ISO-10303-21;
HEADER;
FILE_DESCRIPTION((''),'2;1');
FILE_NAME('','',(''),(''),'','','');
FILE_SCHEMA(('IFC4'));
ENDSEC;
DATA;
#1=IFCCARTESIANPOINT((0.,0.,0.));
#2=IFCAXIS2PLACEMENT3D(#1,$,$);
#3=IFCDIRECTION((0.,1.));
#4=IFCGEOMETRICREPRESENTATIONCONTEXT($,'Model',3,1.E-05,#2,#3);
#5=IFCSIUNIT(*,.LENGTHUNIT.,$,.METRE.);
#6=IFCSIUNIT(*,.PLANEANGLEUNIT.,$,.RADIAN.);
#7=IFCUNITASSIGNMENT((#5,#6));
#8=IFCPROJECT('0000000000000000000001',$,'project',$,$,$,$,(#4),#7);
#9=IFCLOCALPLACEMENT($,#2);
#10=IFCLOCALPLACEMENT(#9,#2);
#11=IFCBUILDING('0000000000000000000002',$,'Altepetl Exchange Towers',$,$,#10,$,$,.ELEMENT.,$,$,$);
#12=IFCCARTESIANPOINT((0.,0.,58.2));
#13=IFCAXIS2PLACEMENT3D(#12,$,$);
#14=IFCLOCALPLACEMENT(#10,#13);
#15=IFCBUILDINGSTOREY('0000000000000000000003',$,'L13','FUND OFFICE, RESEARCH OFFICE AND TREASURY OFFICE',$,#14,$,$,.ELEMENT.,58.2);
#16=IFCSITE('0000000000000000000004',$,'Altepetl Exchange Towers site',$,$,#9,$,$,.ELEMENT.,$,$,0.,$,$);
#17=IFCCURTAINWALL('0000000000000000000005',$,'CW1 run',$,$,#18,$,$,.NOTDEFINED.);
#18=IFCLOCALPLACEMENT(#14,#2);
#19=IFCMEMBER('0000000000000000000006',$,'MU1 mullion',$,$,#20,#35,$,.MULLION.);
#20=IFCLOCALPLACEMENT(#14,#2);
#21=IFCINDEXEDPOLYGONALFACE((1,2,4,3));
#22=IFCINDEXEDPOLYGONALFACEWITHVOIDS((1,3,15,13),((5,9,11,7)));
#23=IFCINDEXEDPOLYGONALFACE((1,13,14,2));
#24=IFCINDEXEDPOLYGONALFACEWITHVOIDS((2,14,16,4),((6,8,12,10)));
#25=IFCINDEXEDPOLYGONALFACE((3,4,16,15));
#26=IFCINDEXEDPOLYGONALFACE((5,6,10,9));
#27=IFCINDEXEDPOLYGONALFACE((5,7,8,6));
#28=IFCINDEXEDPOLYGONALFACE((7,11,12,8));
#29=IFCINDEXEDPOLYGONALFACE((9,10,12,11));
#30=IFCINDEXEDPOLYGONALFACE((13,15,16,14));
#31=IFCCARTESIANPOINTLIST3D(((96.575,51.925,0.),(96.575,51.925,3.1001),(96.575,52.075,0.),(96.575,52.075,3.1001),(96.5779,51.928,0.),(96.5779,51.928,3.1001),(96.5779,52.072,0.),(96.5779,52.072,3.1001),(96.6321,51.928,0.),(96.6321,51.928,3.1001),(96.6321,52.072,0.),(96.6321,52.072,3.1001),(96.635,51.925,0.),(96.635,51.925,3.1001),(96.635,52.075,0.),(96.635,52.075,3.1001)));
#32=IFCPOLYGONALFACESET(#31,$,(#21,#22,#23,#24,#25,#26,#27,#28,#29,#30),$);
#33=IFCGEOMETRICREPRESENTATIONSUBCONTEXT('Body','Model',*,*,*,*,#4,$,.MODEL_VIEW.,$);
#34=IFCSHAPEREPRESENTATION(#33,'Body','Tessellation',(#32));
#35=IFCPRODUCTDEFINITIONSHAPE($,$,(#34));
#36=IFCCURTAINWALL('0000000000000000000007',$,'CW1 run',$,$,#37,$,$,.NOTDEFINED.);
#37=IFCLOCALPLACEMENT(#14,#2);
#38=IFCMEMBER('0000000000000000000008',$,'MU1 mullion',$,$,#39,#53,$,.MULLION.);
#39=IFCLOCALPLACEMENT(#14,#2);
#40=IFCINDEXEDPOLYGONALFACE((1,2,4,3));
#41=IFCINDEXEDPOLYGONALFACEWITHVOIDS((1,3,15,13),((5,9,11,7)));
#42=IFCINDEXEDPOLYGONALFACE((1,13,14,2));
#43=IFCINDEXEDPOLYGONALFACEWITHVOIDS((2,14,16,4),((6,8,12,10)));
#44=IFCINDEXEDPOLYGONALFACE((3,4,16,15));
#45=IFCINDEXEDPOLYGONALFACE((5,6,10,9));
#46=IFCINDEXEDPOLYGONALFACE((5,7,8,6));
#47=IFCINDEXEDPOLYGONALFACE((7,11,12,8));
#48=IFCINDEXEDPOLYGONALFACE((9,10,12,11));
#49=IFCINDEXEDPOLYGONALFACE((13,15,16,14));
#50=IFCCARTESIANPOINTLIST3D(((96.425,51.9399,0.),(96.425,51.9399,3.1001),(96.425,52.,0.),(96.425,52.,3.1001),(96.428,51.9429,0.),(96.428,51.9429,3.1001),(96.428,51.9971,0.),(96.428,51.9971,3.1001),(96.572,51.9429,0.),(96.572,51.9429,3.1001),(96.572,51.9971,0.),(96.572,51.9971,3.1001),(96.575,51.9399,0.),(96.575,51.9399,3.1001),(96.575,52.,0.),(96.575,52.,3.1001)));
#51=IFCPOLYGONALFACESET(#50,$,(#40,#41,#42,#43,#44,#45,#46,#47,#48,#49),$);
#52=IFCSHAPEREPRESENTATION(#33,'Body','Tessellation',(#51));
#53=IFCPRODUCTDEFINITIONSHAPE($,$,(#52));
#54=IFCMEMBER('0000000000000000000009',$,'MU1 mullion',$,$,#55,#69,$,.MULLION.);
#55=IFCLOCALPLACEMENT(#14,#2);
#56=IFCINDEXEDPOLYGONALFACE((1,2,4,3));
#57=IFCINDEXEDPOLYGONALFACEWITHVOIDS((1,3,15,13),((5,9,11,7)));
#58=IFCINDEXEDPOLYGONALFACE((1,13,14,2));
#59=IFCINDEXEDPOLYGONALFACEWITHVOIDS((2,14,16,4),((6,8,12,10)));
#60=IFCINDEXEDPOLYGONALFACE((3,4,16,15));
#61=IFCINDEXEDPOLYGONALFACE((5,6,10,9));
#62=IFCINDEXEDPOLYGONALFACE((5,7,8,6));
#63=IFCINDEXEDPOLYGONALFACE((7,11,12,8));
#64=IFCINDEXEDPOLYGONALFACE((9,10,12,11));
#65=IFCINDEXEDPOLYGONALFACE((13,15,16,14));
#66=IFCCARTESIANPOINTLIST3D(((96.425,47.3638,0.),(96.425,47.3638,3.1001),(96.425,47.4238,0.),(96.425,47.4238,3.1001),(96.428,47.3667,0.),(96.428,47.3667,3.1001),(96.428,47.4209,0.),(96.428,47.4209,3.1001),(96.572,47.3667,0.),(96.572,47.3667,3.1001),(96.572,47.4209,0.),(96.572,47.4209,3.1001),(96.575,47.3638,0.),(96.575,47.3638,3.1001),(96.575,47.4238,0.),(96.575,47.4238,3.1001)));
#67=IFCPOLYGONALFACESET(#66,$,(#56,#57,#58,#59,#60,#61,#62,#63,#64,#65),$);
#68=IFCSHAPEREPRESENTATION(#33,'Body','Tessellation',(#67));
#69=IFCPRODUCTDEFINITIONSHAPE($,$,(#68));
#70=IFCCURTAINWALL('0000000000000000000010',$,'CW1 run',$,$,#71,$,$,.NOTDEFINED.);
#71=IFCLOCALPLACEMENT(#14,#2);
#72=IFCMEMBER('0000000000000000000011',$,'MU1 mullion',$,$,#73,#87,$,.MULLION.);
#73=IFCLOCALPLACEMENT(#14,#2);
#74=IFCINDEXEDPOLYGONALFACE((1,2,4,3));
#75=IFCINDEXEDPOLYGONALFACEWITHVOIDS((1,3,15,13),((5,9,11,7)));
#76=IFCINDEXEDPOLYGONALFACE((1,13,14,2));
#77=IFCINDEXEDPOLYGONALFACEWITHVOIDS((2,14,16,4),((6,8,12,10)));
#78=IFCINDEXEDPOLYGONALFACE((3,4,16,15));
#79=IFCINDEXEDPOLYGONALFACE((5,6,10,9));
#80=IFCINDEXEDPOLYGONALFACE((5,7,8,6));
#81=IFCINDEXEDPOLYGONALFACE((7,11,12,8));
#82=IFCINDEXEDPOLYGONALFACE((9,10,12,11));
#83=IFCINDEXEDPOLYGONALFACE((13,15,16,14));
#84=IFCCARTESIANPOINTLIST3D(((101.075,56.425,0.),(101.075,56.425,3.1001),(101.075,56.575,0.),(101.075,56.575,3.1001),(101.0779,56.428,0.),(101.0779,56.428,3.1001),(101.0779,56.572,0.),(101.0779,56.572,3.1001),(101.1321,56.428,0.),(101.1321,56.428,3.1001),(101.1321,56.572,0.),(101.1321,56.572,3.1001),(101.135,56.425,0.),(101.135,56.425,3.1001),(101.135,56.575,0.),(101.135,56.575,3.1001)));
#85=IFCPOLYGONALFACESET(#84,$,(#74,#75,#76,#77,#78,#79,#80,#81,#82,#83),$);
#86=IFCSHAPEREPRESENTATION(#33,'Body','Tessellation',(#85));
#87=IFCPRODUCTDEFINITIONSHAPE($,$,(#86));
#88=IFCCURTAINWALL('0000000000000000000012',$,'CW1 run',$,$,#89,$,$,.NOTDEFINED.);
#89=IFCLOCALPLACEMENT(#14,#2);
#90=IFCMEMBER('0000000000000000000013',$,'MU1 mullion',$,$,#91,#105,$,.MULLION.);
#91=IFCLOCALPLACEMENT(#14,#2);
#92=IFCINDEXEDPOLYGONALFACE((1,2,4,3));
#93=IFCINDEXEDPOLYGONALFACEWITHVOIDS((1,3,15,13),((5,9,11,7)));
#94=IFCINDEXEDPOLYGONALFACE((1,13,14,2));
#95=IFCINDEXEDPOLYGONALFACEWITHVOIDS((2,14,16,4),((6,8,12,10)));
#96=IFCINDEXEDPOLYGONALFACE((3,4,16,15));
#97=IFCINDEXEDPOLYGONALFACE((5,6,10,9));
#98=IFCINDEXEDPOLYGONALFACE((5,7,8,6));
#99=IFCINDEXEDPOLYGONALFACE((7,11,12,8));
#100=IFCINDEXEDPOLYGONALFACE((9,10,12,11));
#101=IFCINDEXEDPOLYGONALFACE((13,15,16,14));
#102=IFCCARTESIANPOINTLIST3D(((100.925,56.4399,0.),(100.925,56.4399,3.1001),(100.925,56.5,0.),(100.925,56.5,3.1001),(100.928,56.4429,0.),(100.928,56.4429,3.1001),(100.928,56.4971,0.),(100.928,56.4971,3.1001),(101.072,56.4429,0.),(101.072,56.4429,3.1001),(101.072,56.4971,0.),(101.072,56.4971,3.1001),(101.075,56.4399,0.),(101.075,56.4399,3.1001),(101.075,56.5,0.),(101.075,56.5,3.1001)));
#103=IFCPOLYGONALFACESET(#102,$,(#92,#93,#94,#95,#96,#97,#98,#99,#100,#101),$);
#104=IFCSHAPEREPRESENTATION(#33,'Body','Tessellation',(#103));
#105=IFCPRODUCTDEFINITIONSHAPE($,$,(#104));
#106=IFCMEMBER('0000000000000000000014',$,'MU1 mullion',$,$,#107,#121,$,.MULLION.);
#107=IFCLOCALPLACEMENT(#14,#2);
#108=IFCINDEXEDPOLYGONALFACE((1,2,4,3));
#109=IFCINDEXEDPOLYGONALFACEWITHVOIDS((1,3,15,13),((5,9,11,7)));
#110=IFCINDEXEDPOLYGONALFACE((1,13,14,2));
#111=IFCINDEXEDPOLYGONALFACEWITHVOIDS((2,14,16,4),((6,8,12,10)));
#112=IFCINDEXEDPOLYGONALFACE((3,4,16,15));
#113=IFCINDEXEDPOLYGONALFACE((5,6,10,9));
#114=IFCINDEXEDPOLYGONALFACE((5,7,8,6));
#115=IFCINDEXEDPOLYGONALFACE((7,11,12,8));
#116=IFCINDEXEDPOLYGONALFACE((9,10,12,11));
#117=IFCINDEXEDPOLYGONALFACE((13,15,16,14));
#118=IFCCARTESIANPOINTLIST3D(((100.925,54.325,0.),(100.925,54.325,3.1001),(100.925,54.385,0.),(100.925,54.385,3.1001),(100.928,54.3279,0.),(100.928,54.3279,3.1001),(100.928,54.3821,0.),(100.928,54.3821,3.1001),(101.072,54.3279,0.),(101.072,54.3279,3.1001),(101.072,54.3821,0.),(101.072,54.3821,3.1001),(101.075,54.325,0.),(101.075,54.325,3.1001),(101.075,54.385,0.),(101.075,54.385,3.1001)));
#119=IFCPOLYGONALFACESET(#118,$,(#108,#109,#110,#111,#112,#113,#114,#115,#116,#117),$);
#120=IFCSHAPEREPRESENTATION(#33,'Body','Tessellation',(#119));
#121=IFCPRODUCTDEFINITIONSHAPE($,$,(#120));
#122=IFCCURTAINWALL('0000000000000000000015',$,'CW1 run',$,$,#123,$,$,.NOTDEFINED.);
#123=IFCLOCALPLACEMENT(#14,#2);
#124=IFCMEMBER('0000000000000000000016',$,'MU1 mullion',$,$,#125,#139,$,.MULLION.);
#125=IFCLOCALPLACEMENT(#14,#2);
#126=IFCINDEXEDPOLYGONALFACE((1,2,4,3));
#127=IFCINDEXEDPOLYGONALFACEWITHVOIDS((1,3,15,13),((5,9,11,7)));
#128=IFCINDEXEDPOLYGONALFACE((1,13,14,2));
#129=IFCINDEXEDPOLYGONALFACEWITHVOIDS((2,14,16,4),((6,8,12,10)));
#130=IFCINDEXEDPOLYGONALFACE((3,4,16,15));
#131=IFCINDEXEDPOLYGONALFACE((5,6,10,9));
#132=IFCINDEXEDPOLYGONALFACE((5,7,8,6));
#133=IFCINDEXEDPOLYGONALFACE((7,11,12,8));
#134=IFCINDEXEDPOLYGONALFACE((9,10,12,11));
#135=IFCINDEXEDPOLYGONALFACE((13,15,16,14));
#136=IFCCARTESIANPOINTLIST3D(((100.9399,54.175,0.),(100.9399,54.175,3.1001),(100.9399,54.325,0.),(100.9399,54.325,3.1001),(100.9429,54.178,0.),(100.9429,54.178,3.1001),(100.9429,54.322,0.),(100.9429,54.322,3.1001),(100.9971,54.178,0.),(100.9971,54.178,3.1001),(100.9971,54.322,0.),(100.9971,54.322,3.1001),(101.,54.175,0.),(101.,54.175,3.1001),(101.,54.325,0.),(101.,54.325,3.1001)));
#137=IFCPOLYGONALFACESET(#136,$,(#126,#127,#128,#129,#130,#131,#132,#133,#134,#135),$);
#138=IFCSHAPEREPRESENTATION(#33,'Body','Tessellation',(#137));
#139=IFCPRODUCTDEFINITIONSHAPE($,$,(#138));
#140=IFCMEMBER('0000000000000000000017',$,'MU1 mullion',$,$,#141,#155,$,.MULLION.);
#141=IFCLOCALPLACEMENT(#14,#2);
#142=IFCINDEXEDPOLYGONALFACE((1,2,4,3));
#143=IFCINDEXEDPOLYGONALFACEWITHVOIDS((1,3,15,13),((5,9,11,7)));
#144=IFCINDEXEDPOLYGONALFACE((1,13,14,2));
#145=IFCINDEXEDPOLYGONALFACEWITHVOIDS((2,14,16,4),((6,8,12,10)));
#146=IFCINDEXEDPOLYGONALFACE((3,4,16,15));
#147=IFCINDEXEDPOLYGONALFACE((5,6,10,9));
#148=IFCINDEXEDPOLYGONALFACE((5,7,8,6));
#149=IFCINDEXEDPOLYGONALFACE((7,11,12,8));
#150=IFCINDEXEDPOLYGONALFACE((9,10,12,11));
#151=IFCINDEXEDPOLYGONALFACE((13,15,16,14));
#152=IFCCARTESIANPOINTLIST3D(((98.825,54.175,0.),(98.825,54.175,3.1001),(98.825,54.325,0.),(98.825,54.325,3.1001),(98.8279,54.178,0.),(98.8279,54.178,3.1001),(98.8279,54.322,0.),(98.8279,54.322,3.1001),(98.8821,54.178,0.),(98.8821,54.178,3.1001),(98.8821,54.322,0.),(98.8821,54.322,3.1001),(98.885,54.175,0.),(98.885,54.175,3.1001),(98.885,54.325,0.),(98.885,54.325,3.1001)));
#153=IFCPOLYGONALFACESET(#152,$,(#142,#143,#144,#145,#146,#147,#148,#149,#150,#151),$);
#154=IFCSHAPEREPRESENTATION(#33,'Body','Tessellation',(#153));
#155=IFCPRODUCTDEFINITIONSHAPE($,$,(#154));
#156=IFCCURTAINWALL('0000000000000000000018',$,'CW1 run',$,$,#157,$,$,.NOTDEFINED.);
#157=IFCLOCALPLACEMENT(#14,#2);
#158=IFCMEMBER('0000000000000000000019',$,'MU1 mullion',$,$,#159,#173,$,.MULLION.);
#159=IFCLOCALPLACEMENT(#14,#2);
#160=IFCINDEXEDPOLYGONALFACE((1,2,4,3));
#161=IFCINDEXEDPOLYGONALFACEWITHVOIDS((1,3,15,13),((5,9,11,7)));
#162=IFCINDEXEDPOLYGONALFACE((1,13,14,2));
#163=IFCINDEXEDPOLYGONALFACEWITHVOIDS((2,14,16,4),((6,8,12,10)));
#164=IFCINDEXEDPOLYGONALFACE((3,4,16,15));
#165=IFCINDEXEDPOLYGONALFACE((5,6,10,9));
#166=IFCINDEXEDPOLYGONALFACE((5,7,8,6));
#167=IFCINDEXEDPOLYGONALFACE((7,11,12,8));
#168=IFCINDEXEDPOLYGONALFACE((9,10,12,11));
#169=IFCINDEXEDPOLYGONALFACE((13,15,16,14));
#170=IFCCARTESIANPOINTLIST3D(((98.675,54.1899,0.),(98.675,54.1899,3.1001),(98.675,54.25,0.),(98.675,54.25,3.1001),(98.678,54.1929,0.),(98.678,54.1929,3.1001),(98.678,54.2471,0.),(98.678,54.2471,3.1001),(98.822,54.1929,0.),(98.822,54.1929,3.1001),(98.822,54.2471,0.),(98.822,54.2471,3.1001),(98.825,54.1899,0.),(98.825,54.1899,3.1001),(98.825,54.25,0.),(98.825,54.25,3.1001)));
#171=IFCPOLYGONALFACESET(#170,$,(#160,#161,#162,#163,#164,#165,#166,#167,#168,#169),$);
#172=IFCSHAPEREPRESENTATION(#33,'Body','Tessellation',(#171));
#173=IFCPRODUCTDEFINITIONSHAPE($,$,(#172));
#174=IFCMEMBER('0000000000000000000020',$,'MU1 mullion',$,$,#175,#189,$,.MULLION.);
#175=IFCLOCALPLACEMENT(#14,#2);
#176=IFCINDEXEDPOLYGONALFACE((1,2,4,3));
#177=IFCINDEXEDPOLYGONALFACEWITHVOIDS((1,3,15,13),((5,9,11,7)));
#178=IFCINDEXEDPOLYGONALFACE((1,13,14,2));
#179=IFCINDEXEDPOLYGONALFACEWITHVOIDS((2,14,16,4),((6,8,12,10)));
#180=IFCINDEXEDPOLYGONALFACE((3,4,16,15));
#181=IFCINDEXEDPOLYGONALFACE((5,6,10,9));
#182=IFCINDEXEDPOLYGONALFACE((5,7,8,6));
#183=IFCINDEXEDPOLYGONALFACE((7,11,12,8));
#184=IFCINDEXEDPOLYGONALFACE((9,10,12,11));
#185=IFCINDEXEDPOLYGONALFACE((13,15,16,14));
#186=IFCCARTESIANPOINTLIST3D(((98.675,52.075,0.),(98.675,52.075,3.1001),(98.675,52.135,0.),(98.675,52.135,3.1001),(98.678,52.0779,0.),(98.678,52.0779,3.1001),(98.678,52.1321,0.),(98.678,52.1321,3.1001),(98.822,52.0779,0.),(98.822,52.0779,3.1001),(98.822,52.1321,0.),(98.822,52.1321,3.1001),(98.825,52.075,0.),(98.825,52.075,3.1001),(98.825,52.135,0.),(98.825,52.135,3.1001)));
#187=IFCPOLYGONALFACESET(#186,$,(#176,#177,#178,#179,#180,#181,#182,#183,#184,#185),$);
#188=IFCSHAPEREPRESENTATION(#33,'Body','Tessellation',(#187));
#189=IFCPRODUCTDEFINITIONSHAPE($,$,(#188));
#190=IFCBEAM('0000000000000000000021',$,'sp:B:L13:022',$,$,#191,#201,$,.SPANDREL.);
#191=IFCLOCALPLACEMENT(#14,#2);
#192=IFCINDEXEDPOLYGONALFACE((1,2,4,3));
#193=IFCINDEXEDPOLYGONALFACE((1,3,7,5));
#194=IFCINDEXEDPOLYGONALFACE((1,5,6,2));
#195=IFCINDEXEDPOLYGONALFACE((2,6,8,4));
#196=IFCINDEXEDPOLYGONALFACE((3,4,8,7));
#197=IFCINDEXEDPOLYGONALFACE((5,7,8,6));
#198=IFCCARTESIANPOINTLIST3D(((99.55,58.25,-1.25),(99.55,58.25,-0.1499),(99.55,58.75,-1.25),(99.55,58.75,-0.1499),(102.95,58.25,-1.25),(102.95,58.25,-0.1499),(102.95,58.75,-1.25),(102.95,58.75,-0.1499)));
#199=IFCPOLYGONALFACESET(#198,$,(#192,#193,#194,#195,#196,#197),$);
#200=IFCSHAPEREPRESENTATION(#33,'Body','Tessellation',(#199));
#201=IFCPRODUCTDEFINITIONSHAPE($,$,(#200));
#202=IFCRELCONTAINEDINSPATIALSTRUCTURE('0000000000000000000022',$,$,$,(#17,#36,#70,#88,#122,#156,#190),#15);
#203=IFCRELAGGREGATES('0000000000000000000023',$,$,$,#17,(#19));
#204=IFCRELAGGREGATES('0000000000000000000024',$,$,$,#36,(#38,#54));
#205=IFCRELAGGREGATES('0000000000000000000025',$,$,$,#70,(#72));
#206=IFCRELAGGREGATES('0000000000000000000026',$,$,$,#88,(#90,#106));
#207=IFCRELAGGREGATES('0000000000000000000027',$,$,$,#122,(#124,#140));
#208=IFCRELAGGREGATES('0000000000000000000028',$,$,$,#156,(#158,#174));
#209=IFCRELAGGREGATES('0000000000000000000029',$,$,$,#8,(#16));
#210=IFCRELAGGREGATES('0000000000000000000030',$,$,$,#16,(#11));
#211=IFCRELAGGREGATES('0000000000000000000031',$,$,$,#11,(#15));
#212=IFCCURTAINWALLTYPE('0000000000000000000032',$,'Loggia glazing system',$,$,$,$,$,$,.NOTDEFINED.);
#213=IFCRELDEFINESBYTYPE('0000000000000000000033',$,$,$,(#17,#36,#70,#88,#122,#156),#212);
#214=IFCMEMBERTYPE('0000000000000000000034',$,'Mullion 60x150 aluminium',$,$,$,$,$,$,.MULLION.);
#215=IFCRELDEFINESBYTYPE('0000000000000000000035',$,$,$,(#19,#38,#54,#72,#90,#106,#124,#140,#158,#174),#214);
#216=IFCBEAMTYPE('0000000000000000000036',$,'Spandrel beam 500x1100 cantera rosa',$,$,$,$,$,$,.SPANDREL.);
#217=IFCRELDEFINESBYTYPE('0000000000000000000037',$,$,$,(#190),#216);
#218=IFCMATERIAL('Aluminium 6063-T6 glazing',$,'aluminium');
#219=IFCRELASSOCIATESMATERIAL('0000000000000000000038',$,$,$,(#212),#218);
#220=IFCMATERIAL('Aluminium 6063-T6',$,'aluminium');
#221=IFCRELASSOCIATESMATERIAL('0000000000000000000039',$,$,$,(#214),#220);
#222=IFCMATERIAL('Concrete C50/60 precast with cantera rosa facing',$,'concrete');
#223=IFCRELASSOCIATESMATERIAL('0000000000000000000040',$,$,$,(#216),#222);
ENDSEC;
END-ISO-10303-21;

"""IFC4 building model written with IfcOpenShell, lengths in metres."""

from ifc_helpers import new_model, si_unit, direction, frame, origin, origin_2d, place, context, subcontext, project, spatial, rectangle, hollow_rectangle, extrude, material, material_profile, profile_set, type_object, element, aggregate, save


model = new_model("IFC4")

# Units and contexts
model_context = context("Model", 3, precision=1e-05, world=origin(), true_north=direction((0.0, 1.0)))
body_context = subcontext(model_context, "Body", "Model", "MODEL_VIEW")
ifc_project = project(units=[si_unit("LENGTHUNIT", "METRE"), si_unit("PLANEANGLEUNIT", "RADIAN")], contexts=[model_context])

# Site, building, storey
site_placement = place(None, origin())
site = spatial("IfcSite", under=ifc_project, at=site_placement, Name="Altepetl Exchange Towers site", CompositionType="ELEMENT", RefElevation=0.0)
building_placement = place(site_placement, origin())
building = spatial("IfcBuilding", under=site, at=building_placement, Name="Altepetl Exchange Towers", CompositionType="ELEMENT")
storey_placement = place(building_placement, frame((0.0, 0.0, 58.2)))
storey = spatial("IfcBuildingStorey", under=building, at=storey_placement, Name="L13", Description="FUND OFFICE, RESEARCH OFFICE AND TREASURY OFFICE", CompositionType="ELEMENT", Elevation=58.2)

# Curtain walls, members
ifc_material_1 = material(Name="Aluminium 6063-T6 glazing", Category="aluminium")
curtain_wall_type = type_object("IfcCurtainWallType", Name="Loggia glazing system", PredefinedType="NOTDEFINED", material=ifc_material_1)
curtain_wall_1_placement = place(storey_placement, origin())
curtain_wall_1 = element("IfcCurtainWall", 1, at=curtain_wall_1_placement, inside=storey, type_object=curtain_wall_type, Name="CW1 run", PredefinedType="NOTDEFINED")
ifc_material_2 = material(Name="Aluminium 6063-T6", Category="aluminium")
ifc_material_profile_1 = material_profile(ifc_material_2, hollow_rectangle(XDim=0.0601, YDim=0.1499, WallThickness=0.0029, at=origin_2d()), Name="Mullion 60x150 aluminium")
ifc_profile_set_1 = profile_set([ifc_material_profile_1], Name="Aluminium 6063-T6")
member_type = type_object("IfcMemberType", Name="Mullion 60x150 aluminium", PredefinedType="MULLION", material=ifc_profile_set_1)
member_1_placement = place(storey_placement, frame((96.605, 52.0, 0.0), z_axis=(0.0, 0.0, 1.0), x_axis=(-1.0, 0.0, 0.0)))
member_1 = element("IfcMember", 2, at=member_1_placement, type_object=member_type, Name="MU1 mullion", PredefinedType="MULLION", context=body_context, shape_type="SweptSolid", body=[
    extrude(hollow_rectangle(XDim=0.0601, YDim=0.1499, WallThickness=0.0029, at=origin_2d()), origin(), (0.0, 0.0, 1.0), 3.1001),
])
curtain_wall_2_placement = place(storey_placement, origin())
curtain_wall_2 = element("IfcCurtainWall", 3, at=curtain_wall_2_placement, inside=storey, type_object=curtain_wall_type, Name="CW1 run", PredefinedType="NOTDEFINED")
member_2_placement = place(storey_placement, frame((96.5, 51.97, 0.0), z_axis=(0.0, 0.0, 1.0), x_axis=(0.0, -1.0, 0.0)))
member_2 = element("IfcMember", 4, at=member_2_placement, type_object=member_type, Name="MU1 mullion", PredefinedType="MULLION", context=body_context, shape_type="SweptSolid", body=[
    extrude(hollow_rectangle(XDim=0.0601, YDim=0.1499, WallThickness=0.0029, at=origin_2d()), origin(), (0.0, 0.0, 1.0), 3.1001),
])
member_3_placement = place(storey_placement, frame((96.5, 47.3938, 0.0), z_axis=(0.0, 0.0, 1.0), x_axis=(0.0, -1.0, 0.0)))
member_3 = element("IfcMember", 5, at=member_3_placement, type_object=member_type, Name="MU1 mullion", PredefinedType="MULLION", context=body_context, shape_type="SweptSolid", body=[
    extrude(hollow_rectangle(XDim=0.0601, YDim=0.1499, WallThickness=0.0029, at=origin_2d()), origin(), (0.0, 0.0, 1.0), 3.1001),
])

# Curtain wall, member
curtain_wall_3_placement = place(storey_placement, origin())
curtain_wall_3 = element("IfcCurtainWall", 6, at=curtain_wall_3_placement, inside=storey, type_object=curtain_wall_type, Name="CW1 run", PredefinedType="NOTDEFINED")
member_4_placement = place(storey_placement, frame((101.105, 56.5, 0.0), z_axis=(0.0, 0.0, 1.0), x_axis=(-1.0, 0.0, 0.0)))
member_4 = element("IfcMember", 7, at=member_4_placement, type_object=member_type, Name="MU1 mullion", PredefinedType="MULLION", context=body_context, shape_type="SweptSolid", body=[
    extrude(hollow_rectangle(XDim=0.0601, YDim=0.1499, WallThickness=0.0029, at=origin_2d()), origin(), (0.0, 0.0, 1.0), 3.1001),
])

# Curtain walls, members
curtain_wall_4_placement = place(storey_placement, origin())
curtain_wall_4 = element("IfcCurtainWall", 8, at=curtain_wall_4_placement, inside=storey, type_object=curtain_wall_type, Name="CW1 run", PredefinedType="NOTDEFINED")
member_5_placement = place(storey_placement, frame((101.0, 56.47, 0.0), z_axis=(0.0, 0.0, 1.0), x_axis=(0.0, -1.0, 0.0)))
member_5 = element("IfcMember", 9, at=member_5_placement, type_object=member_type, Name="MU1 mullion", PredefinedType="MULLION", context=body_context, shape_type="SweptSolid", body=[
    extrude(hollow_rectangle(XDim=0.0601, YDim=0.1499, WallThickness=0.0029, at=origin_2d()), origin(), (0.0, 0.0, 1.0), 3.1001),
])
member_6_placement = place(storey_placement, frame((101.0, 54.355, 0.0), z_axis=(0.0, 0.0, 1.0), x_axis=(0.0, -1.0, 0.0)))
member_6 = element("IfcMember", 10, at=member_6_placement, type_object=member_type, Name="MU1 mullion", PredefinedType="MULLION", context=body_context, shape_type="SweptSolid", body=[
    extrude(hollow_rectangle(XDim=0.0601, YDim=0.1499, WallThickness=0.0029, at=origin_2d()), origin(), (0.0, 0.0, 1.0), 3.1001),
])
curtain_wall_5_placement = place(storey_placement, origin())
curtain_wall_5 = element("IfcCurtainWall", 11, at=curtain_wall_5_placement, inside=storey, type_object=curtain_wall_type, Name="CW1 run", PredefinedType="NOTDEFINED")
member_7_placement = place(storey_placement, frame((100.97, 54.25, 0.0), z_axis=(0.0, 0.0, 1.0), x_axis=(-1.0, 0.0, 0.0)))
member_7 = element("IfcMember", 12, at=member_7_placement, type_object=member_type, Name="MU1 mullion", PredefinedType="MULLION", context=body_context, shape_type="SweptSolid", body=[
    extrude(hollow_rectangle(XDim=0.0601, YDim=0.1499, WallThickness=0.0029, at=origin_2d()), origin(), (0.0, 0.0, 1.0), 3.1001),
])
member_8_placement = place(storey_placement, frame((98.855, 54.25, 0.0), z_axis=(0.0, 0.0, 1.0), x_axis=(-1.0, 0.0, 0.0)))
member_8 = element("IfcMember", 13, at=member_8_placement, type_object=member_type, Name="MU1 mullion", PredefinedType="MULLION", context=body_context, shape_type="SweptSolid", body=[
    extrude(hollow_rectangle(XDim=0.0601, YDim=0.1499, WallThickness=0.0029, at=origin_2d()), origin(), (0.0, 0.0, 1.0), 3.1001),
])
curtain_wall_6_placement = place(storey_placement, origin())
curtain_wall_6 = element("IfcCurtainWall", 14, at=curtain_wall_6_placement, inside=storey, type_object=curtain_wall_type, Name="CW1 run", PredefinedType="NOTDEFINED")
member_9_placement = place(storey_placement, frame((98.75, 54.22, 0.0), z_axis=(0.0, 0.0, 1.0), x_axis=(0.0, -1.0, 0.0)))
member_9 = element("IfcMember", 15, at=member_9_placement, type_object=member_type, Name="MU1 mullion", PredefinedType="MULLION", context=body_context, shape_type="SweptSolid", body=[
    extrude(hollow_rectangle(XDim=0.0601, YDim=0.1499, WallThickness=0.0029, at=origin_2d()), origin(), (0.0, 0.0, 1.0), 3.1001),
])
member_10_placement = place(storey_placement, frame((98.75, 52.105, 0.0), z_axis=(0.0, 0.0, 1.0), x_axis=(0.0, -1.0, 0.0)))
member_10 = element("IfcMember", 16, at=member_10_placement, type_object=member_type, Name="MU1 mullion", PredefinedType="MULLION", context=body_context, shape_type="SweptSolid", body=[
    extrude(hollow_rectangle(XDim=0.0601, YDim=0.1499, WallThickness=0.0029, at=origin_2d()), origin(), (0.0, 0.0, 1.0), 3.1001),
])

# Beam
ifc_material_3 = material(Name="Concrete C50/60 precast with cantera rosa facing", Category="concrete")
ifc_material_profile_2 = material_profile(ifc_material_3, rectangle(XDim=0.5, YDim=1.1001, at=origin_2d()), Name="500 x 1100")
ifc_profile_set_2 = profile_set([ifc_material_profile_2], Name="Concrete C50/60 precast with cantera rosa facing")
beam_type_1 = type_object("IfcBeamType", Name="Spandrel beam 500x1100 cantera rosa", PredefinedType="SPANDREL", material=ifc_profile_set_2)
beam_1_placement = place(storey_placement, frame((102.95, 58.5, -0.7), z_axis=(-1.0, 0.0, 0.0), x_axis=(0.0, -1.0, 0.0)))
element("IfcBeam", 17, at=beam_1_placement, inside=storey, type_object=beam_type_1, Name="sp:B:L13:022", PredefinedType="SPANDREL", context=body_context, shape_type="SweptSolid", body=[
    extrude(rectangle(XDim=0.5, YDim=1.1001, at=origin_2d()), origin(), (0.0, 0.0, 1.0), 3.3999),
])

aggregate(curtain_wall_1, [member_1])
aggregate(curtain_wall_2, [member_2, member_3])
aggregate(curtain_wall_3, [member_4])
aggregate(curtain_wall_4, [member_5, member_6])
aggregate(curtain_wall_5, [member_7, member_8])
aggregate(curtain_wall_6, [member_9, member_10])

save(model, "model.ifc")
